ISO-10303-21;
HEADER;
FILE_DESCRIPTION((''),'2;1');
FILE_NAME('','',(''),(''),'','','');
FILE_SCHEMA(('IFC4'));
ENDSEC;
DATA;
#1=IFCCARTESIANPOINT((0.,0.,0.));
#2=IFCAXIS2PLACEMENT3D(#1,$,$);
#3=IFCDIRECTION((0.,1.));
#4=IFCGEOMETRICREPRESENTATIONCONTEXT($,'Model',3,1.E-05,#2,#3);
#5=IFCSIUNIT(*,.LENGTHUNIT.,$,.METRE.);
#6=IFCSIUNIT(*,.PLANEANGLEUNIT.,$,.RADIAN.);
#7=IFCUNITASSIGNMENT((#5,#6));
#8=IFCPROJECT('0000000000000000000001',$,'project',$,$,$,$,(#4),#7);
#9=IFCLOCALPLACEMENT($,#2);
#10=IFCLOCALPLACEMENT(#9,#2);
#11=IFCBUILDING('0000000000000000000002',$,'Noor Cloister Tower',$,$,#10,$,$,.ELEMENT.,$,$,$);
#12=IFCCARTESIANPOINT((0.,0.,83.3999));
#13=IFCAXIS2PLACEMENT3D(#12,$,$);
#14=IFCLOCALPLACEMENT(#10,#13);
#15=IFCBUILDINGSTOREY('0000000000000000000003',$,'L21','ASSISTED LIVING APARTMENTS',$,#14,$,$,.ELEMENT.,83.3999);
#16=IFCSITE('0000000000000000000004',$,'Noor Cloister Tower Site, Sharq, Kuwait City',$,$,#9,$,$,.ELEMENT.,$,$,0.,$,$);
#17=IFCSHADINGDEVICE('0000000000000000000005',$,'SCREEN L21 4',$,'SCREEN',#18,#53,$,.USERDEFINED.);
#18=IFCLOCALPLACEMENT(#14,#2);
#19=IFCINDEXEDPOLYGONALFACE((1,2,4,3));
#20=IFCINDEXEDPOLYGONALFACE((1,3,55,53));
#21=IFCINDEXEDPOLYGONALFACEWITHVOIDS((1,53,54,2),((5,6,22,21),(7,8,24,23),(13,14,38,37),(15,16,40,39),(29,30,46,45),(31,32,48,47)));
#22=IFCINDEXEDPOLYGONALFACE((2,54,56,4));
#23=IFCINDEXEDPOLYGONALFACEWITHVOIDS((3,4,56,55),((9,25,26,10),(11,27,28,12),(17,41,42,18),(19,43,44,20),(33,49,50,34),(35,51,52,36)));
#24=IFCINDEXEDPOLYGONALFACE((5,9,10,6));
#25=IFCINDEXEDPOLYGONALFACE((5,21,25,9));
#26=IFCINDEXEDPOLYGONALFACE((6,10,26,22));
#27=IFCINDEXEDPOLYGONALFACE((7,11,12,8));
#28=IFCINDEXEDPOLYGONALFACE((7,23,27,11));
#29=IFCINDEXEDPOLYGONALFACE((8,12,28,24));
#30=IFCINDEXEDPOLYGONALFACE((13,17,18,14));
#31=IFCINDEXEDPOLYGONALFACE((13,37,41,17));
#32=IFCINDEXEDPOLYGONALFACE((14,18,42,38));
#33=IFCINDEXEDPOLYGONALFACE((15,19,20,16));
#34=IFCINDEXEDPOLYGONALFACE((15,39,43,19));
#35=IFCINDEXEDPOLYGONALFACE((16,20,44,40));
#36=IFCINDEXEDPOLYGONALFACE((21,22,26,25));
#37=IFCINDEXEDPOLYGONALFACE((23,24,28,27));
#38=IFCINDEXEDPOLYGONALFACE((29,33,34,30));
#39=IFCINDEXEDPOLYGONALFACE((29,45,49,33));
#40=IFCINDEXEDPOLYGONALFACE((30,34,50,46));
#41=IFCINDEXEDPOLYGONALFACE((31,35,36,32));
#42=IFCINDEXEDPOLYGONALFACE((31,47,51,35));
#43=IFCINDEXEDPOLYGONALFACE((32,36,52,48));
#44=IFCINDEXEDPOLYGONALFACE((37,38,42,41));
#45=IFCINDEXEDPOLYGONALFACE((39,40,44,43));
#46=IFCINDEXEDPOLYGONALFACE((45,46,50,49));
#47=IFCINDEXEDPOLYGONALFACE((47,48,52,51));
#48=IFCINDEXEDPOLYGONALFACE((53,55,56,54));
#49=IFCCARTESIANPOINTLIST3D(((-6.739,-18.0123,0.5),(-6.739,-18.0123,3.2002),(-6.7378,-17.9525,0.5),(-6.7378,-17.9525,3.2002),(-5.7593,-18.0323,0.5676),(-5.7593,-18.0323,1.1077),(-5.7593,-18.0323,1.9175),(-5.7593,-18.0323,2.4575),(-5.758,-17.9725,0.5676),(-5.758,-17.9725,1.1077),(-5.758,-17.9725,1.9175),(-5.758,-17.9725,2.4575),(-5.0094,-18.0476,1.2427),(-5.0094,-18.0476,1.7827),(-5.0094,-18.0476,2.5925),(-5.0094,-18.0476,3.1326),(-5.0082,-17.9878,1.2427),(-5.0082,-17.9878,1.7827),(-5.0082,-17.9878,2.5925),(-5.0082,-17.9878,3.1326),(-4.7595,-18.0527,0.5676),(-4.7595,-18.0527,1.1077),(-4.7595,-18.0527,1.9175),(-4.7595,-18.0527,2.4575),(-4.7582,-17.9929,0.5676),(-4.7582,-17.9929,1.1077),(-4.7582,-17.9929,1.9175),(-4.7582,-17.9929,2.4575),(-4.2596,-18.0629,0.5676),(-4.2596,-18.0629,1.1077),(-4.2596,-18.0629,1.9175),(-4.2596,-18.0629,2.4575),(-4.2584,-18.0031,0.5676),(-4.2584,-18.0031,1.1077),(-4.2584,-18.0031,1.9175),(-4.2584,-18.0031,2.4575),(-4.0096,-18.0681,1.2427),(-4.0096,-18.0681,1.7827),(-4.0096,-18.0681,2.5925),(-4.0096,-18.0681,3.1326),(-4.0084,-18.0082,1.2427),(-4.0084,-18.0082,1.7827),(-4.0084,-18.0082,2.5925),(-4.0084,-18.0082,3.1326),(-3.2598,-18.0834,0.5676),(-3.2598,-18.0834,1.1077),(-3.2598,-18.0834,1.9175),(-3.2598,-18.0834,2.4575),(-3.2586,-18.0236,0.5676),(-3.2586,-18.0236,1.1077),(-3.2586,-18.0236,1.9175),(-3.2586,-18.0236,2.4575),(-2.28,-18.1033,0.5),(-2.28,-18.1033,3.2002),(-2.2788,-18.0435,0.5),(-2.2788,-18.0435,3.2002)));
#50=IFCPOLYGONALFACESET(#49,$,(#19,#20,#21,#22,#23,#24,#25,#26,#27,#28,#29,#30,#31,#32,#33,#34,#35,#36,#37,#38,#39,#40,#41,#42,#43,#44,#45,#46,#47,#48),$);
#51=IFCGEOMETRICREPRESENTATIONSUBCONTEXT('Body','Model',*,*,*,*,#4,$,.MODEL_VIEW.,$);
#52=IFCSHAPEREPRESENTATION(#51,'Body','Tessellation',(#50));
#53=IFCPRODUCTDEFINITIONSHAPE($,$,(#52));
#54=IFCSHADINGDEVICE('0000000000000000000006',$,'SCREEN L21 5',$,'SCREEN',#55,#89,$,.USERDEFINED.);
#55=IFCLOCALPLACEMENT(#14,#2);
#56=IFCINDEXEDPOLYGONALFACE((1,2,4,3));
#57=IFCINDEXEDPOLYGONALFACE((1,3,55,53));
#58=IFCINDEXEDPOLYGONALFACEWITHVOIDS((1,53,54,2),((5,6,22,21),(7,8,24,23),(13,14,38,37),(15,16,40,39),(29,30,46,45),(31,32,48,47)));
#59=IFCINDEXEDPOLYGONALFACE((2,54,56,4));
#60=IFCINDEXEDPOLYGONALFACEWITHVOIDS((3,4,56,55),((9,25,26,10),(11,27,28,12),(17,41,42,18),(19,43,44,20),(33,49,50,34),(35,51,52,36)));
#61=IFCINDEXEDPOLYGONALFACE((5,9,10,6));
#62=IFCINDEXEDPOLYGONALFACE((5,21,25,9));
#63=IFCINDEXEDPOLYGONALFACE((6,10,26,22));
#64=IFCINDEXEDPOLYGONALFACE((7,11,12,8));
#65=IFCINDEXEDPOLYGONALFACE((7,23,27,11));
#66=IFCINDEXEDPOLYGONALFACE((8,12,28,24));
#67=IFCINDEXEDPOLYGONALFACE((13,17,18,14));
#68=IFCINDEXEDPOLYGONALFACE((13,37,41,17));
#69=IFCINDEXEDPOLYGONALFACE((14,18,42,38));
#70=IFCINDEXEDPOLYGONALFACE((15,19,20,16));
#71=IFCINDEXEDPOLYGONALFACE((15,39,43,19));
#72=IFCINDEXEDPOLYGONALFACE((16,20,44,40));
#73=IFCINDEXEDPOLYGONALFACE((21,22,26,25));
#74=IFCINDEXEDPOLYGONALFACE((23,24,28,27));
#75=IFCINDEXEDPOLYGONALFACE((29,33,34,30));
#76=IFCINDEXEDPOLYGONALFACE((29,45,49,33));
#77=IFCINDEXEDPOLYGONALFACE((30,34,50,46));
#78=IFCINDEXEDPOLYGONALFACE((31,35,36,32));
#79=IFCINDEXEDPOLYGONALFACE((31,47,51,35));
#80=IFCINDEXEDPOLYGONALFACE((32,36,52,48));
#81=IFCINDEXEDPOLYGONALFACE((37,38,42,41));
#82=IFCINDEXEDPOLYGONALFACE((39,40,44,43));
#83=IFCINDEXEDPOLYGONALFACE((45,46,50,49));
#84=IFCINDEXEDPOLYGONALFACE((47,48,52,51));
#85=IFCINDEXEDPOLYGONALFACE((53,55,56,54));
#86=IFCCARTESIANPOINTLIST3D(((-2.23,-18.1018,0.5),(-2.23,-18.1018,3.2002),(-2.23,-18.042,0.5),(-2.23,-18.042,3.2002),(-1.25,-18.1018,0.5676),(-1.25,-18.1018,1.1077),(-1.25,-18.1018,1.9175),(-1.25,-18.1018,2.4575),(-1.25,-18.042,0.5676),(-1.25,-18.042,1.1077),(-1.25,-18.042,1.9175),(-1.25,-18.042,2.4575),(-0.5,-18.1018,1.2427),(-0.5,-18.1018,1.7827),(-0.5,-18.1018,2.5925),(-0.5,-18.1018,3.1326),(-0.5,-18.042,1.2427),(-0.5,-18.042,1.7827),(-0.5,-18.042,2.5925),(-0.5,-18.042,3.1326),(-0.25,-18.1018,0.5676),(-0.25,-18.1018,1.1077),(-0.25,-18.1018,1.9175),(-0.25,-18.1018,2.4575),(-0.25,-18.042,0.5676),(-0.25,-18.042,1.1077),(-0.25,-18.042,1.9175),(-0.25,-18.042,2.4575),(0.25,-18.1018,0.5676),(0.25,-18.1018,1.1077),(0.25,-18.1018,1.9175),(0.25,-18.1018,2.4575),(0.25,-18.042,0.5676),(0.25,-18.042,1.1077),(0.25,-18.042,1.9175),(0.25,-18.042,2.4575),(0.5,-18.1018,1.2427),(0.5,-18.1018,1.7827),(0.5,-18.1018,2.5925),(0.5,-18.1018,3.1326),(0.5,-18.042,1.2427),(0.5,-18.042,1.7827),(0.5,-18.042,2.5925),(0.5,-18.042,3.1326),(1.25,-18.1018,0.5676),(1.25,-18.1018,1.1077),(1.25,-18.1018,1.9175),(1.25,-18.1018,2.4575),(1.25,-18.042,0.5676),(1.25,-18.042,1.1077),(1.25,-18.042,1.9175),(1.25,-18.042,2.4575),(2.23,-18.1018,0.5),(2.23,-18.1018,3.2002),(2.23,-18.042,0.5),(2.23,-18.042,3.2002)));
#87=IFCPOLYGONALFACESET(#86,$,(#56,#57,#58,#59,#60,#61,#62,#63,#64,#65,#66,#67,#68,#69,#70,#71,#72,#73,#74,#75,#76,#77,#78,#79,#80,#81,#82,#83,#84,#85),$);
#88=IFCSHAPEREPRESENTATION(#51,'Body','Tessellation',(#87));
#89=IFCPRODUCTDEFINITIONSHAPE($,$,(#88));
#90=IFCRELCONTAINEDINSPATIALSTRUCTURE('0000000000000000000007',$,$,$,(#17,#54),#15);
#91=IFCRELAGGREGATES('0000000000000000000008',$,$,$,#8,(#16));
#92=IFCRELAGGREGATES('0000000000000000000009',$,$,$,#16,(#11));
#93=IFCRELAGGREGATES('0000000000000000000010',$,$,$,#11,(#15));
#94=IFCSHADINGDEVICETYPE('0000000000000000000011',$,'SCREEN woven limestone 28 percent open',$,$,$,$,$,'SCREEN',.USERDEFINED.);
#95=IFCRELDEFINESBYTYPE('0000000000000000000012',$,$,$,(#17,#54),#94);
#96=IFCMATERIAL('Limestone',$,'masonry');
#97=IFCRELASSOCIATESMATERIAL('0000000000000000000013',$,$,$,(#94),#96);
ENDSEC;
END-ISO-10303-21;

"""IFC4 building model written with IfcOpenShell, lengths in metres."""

from ifc_helpers import new_model, si_unit, direction, frame, origin, place, context, subcontext, project, spatial, polyline, outline, extrude, material, material_profile, profile_set, type_object, element, save


model = new_model("IFC4")

# Units and contexts
model_context = context("Model", 3, precision=1e-05, world=origin(), true_north=direction((0.0, 1.0)))
body_context = subcontext(model_context, "Body", "Model", "MODEL_VIEW")
ifc_project = project(units=[si_unit("LENGTHUNIT", "METRE"), si_unit("PLANEANGLEUNIT", "RADIAN")], contexts=[model_context])

# Site, building, storey
site_placement = place(None, origin())
site = spatial("IfcSite", under=ifc_project, at=site_placement, Name="Noor Cloister Tower Site, Sharq, Kuwait City", CompositionType="ELEMENT", RefElevation=0.0)
building_placement = place(site_placement, origin())
building = spatial("IfcBuilding", under=site, at=building_placement, Name="Noor Cloister Tower", CompositionType="ELEMENT")
storey_placement = place(building_placement, frame((0.0, 0.0, 83.3999)))
storey = spatial("IfcBuildingStorey", under=building, at=storey_placement, Name="L21", Description="ASSISTED LIVING APARTMENTS", CompositionType="ELEMENT", Elevation=83.3999)

# Shading devices
ifc_material_1 = material(Name="Limestone", Category="masonry")
ifc_material_profile_1 = material_profile(ifc_material_1, outline(polyline([(-2.23, -1.3501), (2.23, -1.3501), (2.23, 1.3501), (-2.23, 1.3501), (-2.23, -1.3501)]), holes=[polyline([(-1.25, -1.2825), (-0.25, -1.2825), (-0.25, -0.7424), (-1.25, -0.7424), (-1.25, -1.2825)]), polyline([(0.25, -1.2825), (1.25, -1.2825), (1.25, -0.7424), (0.25, -0.7424), (0.25, -1.2825)]), polyline([(-0.5, -0.6074), (0.5, -0.6074), (0.5, -0.0674), (-0.5, -0.0674), (-0.5, -0.6074)]), polyline([(-1.25, 0.0674), (-0.25, 0.0674), (-0.25, 0.6074), (-1.25, 0.6074), (-1.25, 0.0674)]), polyline([(0.25, 0.0674), (1.25, 0.0674), (1.25, 0.6074), (0.25, 0.6074), (0.25, 0.0674)]), polyline([(-0.5, 0.7424), (0.5, 0.7424), (0.5, 1.2825), (-0.5, 1.2825), (-0.5, 0.7424)])]), Name="Woven screen 28 percent open")
ifc_profile_set_1 = profile_set([ifc_material_profile_1], Name="Limestone")
shading_device_type = type_object("IfcShadingDeviceType", Name="SCREEN woven limestone 28 percent open", ElementType="SCREEN", PredefinedType="USERDEFINED", material=ifc_profile_set_1)
for number, where, z_axis, x_axis, name in (
    (1, (-4.5083, -17.998, 1.8501), (-0.020404, -0.999792, 0.0), (0.999792, -0.020404, 0.0), "SCREEN L21 4"),
    (2, (0.0, -18.042, 1.8501), (0.0, -1.0, 0.0), (1.0, 0.0, 0.0), "SCREEN L21 5"),
):
    element("IfcShadingDevice", number, at=place(storey_placement, frame(where, z_axis=z_axis, x_axis=x_axis)), inside=storey, type_object=shading_device_type, Name=name, ObjectType="SCREEN", PredefinedType="USERDEFINED", context=body_context, shape_type="SweptSolid", body=[
        extrude(outline(polyline([(-2.23, -1.3501), (2.23, -1.3501), (2.23, 1.3501), (-2.23, 1.3501), (-2.23, -1.3501)]), holes=[polyline([(-1.25, -1.2825), (-0.25, -1.2825), (-0.25, -0.7424), (-1.25, -0.7424), (-1.25, -1.2825)]), polyline([(0.25, -1.2825), (1.25, -1.2825), (1.25, -0.7424), (0.25, -0.7424), (0.25, -1.2825)]), polyline([(-0.5, -0.6074), (0.5, -0.6074), (0.5, -0.0674), (-0.5, -0.0674), (-0.5, -0.6074)]), polyline([(-1.25, 0.0674), (-0.25, 0.0674), (-0.25, 0.6074), (-1.25, 0.6074), (-1.25, 0.0674)]), polyline([(0.25, 0.0674), (1.25, 0.0674), (1.25, 0.6074), (0.25, 0.6074), (0.25, 0.0674)]), polyline([(-0.5, 0.7424), (0.5, 0.7424), (0.5, 1.2825), (-0.5, 1.2825), (-0.5, 0.7424)])]), origin(), (0.0, 0.0, 1.0), 0.0598),
    ])

save(model, "model.ifc")
